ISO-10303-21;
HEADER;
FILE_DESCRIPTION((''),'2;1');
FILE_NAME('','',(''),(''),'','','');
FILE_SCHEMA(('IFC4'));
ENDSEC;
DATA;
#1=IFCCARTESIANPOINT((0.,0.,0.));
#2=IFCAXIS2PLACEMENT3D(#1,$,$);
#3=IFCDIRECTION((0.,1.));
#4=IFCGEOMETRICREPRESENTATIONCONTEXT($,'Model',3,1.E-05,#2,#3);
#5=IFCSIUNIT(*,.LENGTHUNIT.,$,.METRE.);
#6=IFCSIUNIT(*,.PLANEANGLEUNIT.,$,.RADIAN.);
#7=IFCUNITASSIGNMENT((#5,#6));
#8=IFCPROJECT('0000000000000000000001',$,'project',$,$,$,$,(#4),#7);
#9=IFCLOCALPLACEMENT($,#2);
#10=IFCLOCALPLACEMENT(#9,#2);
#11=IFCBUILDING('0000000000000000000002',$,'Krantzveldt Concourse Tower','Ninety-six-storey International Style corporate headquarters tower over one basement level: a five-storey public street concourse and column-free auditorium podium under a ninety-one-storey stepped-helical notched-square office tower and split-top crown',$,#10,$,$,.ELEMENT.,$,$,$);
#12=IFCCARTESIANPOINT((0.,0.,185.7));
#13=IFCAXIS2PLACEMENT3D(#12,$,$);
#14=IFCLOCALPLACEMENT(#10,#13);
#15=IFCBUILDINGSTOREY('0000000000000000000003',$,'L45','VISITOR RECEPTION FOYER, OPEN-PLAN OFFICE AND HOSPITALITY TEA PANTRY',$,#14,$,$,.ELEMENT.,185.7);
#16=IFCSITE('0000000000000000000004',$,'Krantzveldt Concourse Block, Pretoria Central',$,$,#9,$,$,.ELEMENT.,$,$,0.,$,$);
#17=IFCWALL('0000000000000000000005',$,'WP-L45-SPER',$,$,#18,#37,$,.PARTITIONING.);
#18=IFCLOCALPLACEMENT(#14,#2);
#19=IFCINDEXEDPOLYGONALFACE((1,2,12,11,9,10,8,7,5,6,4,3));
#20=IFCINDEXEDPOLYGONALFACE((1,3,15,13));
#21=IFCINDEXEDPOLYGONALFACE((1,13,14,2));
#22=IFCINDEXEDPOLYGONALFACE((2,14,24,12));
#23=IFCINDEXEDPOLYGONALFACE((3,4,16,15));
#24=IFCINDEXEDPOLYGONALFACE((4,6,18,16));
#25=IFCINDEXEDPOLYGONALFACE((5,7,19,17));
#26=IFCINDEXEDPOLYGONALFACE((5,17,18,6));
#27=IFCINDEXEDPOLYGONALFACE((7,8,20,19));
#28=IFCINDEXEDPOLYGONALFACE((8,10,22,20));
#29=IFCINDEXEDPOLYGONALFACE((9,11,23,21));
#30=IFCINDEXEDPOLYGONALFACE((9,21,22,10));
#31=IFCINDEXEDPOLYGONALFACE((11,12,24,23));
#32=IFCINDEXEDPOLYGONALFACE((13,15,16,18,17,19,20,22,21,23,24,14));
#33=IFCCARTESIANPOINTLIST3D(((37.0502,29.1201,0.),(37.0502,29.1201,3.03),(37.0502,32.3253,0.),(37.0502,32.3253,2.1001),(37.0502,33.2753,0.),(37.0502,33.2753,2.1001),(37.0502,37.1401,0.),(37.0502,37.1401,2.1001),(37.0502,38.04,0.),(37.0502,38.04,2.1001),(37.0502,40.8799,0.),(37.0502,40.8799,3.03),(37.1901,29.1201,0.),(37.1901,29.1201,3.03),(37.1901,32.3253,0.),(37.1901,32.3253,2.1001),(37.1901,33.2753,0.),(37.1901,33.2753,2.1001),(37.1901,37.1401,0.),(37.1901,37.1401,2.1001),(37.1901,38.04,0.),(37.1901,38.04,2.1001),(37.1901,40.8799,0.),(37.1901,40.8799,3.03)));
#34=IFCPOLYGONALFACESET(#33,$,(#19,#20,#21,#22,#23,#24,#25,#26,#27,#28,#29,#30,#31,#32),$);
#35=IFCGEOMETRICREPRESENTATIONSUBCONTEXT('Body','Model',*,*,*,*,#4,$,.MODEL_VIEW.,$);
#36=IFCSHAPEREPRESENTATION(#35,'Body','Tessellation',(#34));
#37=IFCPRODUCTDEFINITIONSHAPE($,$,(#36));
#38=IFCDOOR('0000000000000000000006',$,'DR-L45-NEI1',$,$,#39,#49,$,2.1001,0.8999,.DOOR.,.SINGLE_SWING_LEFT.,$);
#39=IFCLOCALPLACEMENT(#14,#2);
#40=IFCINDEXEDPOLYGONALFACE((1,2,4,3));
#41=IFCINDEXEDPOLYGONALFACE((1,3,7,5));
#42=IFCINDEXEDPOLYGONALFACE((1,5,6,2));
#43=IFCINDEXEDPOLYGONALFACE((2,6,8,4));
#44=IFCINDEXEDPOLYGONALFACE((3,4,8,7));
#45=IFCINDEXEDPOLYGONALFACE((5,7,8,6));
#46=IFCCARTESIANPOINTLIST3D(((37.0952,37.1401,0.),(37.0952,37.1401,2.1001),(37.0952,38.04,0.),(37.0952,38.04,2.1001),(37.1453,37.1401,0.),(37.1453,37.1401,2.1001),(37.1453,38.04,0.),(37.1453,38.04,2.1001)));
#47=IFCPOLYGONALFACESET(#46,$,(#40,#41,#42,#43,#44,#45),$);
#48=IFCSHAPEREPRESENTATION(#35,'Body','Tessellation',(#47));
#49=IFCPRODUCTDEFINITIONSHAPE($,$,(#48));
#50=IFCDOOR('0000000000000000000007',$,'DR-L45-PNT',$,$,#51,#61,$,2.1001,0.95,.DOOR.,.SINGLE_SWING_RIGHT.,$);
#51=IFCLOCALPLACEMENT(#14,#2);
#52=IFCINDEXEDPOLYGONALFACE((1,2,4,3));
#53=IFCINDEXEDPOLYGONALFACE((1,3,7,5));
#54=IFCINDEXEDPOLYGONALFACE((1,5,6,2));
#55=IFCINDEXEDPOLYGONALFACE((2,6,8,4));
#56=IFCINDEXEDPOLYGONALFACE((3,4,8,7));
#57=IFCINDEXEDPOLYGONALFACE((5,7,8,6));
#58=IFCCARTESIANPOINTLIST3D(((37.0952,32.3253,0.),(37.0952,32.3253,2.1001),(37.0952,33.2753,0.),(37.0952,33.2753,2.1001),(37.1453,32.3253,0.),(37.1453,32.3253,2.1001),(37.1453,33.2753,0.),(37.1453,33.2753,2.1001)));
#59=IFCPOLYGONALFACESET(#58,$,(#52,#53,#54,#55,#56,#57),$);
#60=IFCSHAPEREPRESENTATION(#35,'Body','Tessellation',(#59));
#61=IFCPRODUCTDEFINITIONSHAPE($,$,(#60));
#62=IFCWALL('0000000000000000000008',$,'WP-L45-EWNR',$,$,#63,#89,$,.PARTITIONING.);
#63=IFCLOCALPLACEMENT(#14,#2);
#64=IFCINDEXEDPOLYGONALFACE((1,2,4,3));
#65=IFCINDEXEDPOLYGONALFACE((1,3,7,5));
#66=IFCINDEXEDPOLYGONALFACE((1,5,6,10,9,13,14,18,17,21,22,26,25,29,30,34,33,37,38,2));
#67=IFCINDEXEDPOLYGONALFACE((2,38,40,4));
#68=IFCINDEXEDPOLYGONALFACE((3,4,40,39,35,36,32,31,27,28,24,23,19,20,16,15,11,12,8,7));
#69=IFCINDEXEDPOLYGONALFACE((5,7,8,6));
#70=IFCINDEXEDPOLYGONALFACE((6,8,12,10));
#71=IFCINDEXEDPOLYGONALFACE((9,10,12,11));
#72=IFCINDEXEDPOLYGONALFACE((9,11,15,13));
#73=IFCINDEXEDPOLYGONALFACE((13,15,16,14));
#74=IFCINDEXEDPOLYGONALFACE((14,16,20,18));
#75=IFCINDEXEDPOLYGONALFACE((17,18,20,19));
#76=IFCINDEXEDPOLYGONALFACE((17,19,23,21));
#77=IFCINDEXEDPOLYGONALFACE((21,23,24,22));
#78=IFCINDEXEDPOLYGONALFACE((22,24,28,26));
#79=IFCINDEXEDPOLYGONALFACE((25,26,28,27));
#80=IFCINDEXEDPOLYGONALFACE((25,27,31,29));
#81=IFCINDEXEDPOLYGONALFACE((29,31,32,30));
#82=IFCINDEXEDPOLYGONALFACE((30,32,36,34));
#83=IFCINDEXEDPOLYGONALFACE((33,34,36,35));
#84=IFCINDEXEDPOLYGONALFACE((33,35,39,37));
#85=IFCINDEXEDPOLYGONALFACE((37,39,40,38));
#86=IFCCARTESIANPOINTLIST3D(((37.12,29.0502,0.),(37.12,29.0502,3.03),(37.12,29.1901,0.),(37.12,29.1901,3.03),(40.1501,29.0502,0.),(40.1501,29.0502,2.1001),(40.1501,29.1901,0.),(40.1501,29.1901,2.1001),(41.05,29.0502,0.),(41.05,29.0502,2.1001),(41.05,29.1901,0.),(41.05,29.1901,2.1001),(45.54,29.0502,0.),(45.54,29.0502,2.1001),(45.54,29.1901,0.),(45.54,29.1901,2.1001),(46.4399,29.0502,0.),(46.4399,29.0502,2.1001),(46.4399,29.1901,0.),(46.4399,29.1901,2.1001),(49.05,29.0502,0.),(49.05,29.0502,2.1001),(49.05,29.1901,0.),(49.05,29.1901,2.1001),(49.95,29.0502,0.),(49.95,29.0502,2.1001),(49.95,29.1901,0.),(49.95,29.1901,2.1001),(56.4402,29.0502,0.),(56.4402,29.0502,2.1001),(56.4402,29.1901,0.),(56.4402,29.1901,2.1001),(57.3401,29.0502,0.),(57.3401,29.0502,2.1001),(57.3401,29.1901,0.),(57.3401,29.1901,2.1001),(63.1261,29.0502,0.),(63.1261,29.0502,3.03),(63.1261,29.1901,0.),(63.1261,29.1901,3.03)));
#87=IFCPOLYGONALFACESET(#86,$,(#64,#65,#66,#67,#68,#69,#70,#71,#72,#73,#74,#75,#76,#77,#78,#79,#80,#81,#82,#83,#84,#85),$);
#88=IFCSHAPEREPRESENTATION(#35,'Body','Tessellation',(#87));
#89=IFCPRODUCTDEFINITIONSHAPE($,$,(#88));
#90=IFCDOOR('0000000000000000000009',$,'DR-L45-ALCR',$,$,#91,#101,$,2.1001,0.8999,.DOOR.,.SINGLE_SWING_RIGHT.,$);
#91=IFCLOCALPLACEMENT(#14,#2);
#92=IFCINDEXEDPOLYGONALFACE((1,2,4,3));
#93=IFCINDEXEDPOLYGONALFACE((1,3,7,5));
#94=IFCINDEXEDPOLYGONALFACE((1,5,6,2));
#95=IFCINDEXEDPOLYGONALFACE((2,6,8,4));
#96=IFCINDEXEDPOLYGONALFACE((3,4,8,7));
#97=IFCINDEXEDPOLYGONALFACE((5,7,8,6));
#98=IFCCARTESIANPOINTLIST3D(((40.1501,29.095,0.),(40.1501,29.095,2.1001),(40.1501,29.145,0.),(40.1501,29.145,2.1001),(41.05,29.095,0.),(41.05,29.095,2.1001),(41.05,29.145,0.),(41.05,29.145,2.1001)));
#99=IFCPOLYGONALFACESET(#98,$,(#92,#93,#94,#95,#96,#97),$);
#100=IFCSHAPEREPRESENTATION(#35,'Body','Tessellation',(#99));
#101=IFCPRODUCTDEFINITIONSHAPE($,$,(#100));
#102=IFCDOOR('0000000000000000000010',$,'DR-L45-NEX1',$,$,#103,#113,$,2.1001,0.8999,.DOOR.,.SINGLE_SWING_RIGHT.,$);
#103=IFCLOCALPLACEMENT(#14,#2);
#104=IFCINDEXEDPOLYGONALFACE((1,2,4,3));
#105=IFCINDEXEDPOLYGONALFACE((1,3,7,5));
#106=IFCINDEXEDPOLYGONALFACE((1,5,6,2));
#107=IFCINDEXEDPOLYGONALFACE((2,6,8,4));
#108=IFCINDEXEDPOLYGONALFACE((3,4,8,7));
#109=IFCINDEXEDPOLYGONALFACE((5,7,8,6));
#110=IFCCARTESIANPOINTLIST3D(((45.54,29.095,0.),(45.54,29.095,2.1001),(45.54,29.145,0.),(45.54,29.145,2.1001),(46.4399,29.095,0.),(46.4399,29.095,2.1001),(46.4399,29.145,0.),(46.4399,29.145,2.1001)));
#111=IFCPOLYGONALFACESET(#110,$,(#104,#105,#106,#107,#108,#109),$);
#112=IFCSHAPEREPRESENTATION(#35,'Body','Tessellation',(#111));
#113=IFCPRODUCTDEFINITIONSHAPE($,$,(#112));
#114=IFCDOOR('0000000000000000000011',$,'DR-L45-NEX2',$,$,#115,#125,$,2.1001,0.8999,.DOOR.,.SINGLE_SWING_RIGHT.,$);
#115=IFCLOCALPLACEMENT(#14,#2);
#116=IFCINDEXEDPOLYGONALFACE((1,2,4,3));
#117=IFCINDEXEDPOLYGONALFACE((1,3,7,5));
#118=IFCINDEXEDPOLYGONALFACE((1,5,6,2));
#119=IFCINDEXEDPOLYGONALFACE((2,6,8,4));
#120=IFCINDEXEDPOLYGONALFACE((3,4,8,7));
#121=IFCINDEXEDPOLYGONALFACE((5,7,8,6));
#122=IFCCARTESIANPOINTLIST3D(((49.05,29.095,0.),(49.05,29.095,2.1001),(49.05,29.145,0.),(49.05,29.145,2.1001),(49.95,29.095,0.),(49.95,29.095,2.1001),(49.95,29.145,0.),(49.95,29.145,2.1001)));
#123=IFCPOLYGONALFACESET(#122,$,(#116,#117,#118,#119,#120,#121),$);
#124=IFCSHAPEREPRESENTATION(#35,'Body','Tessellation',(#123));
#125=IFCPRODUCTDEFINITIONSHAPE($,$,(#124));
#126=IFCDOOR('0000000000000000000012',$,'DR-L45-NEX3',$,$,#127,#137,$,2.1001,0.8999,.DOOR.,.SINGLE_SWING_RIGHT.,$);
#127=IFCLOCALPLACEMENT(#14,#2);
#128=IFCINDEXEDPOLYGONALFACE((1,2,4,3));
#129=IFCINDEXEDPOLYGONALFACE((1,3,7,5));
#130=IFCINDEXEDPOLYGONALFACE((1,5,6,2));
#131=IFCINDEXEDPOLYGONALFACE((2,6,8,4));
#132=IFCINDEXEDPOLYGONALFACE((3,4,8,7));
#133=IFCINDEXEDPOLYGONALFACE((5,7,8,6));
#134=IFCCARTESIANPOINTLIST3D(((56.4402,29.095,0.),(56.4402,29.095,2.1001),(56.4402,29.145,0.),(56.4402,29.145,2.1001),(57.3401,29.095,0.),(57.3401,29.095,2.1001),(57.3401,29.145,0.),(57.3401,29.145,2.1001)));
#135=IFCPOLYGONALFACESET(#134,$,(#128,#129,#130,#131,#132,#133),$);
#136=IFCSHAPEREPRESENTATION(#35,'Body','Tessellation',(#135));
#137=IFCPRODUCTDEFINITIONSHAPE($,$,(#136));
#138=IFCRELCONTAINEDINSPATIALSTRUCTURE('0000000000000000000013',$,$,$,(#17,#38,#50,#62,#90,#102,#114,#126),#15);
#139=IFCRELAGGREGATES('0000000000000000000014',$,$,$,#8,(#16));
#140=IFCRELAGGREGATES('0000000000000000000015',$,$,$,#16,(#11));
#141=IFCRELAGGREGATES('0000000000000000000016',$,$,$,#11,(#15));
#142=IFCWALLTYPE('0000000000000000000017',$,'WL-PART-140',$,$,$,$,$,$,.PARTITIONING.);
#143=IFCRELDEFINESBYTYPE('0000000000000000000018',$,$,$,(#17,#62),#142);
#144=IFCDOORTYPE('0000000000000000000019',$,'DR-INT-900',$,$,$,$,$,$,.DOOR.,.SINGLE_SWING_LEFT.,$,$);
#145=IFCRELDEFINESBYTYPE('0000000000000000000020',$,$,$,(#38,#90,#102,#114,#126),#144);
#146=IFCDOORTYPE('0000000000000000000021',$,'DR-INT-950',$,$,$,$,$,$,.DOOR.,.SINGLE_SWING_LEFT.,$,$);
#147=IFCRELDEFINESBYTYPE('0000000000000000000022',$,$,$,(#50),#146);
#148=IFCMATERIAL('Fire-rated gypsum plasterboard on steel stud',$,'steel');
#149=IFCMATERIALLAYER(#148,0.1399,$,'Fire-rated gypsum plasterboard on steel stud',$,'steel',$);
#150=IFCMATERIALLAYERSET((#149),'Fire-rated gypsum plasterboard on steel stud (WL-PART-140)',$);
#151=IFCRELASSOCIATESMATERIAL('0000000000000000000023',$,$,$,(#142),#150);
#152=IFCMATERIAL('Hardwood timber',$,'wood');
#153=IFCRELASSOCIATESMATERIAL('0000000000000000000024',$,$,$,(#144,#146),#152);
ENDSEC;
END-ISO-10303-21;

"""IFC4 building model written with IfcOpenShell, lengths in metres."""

from ifc_helpers import new_model, si_unit, direction, frame, frame_2d, origin, place, context, subcontext, project, spatial, rectangle, extrude, material, layer, layer_set, type_object, element, fill, save


model = new_model("IFC4")

# Units and contexts
model_context = context("Model", 3, precision=1e-05, world=origin(), true_north=direction((0.0, 1.0)))
body_context = subcontext(model_context, "Body", "Model", "MODEL_VIEW")
ifc_project = project(units=[si_unit("LENGTHUNIT", "METRE"), si_unit("PLANEANGLEUNIT", "RADIAN")], contexts=[model_context])

# Site, building, storey
site_placement = place(None, origin())
site = spatial("IfcSite", under=ifc_project, at=site_placement, Name="Krantzveldt Concourse Block, Pretoria Central", CompositionType="ELEMENT", RefElevation=0.0)
building_placement = place(site_placement, origin())
building = spatial("IfcBuilding", under=site, at=building_placement, Name="Krantzveldt Concourse Tower", Description="Ninety-six-storey International Style corporate headquarters tower over one basement level: a five-storey public street concourse and column-free auditorium podium under a ninety-one-storey stepped-helical notched-square office tower and split-top crown", CompositionType="ELEMENT")
storey_placement = place(building_placement, frame((0.0, 0.0, 185.7)))
storey = spatial("IfcBuildingStorey", under=building, at=storey_placement, Name="L45", Description="VISITOR RECEPTION FOYER, OPEN-PLAN OFFICE AND HOSPITALITY TEA PANTRY", CompositionType="ELEMENT", Elevation=185.7)

# Walls, openings, doors
ifc_material_1 = material(Name="Fire-rated gypsum plasterboard on steel stud", Category="steel")
ifc_layer = layer(ifc_material_1, 0.1399, Name="Fire-rated gypsum plasterboard on steel stud", Category="steel")
ifc_layer_set = layer_set([ifc_layer], Name="Fire-rated gypsum plasterboard on steel stud (WL-PART-140)")
wall_type = type_object("IfcWallType", Name="WL-PART-140", PredefinedType="PARTITIONING", material=ifc_layer_set)
ifc_material_2 = material(Name="Hardwood timber", Category="wood")
door_type_1 = type_object("IfcDoorType", Name="DR-INT-900", OperationType="SINGLE_SWING_LEFT", PredefinedType="DOOR", material=ifc_material_2)
door_type_2 = type_object("IfcDoorType", Name="DR-INT-950", OperationType="SINGLE_SWING_LEFT", PredefinedType="DOOR", material=ifc_material_2)
wall_1_placement = place(storey_placement, frame((37.1201, 29.1201, 0.0), z_axis=(0.0, 0.0, 1.0), x_axis=(0.0, 1.0, 0.0)))
wall_1 = element("IfcWall", 1, at=wall_1_placement, inside=storey, type_object=wall_type, Name="WP-L45-SPER", PredefinedType="PARTITIONING", context=body_context, shape_type="SweptSolid", body=[
    extrude(rectangle(XDim=11.7598, YDim=0.1399, at=frame_2d((5.8799, 0.0))), origin(), (0.0, 0.0, 1.0), 3.03),
])
opening_1_placement = place(wall_1_placement, frame((3.2051, 0.0, 0.0)))
opening_1 = element("IfcOpeningElement", 2, at=opening_1_placement, cuts=wall_1, PredefinedType="OPENING", context=body_context, shape_type="SweptSolid", body=[
    extrude(rectangle(XDim=0.95, YDim=2.1001, at=frame_2d((0.4751, 1.05))), frame((0.0, 0.0801, 0.0), z_axis=(0.0, -1.0, 0.0), x_axis=(1.0, 0.0, 0.0)), (0.0, 0.0, 1.0), 0.1599),
])
opening_2_placement = place(wall_1_placement, frame((8.02, 0.0, 0.0)))
opening_2 = element("IfcOpeningElement", 3, at=opening_2_placement, cuts=wall_1, PredefinedType="OPENING", context=body_context, shape_type="SweptSolid", body=[
    extrude(rectangle(XDim=0.8999, YDim=2.1001, at=frame_2d((0.45, 1.05))), frame((0.0, 0.0801, 0.0), z_axis=(0.0, -1.0, 0.0), x_axis=(1.0, 0.0, 0.0)), (0.0, 0.0, 1.0), 0.1599),
])
door_1_placement = place(opening_2_placement, origin())
door_1 = element("IfcDoor", 4, at=door_1_placement, inside=storey, type_object=door_type_1, Name="DR-L45-NEI1", OperationType="SINGLE_SWING_LEFT", OverallHeight=2.1001, OverallWidth=0.8999, PredefinedType="DOOR", context=body_context, shape_type="SweptSolid", body=[
    extrude(rectangle(XDim=0.8999, YDim=2.1001, at=frame_2d((0.45, 1.05))), frame((0.0, 0.0249, 0.0), z_axis=(0.0, -1.0, 0.0), x_axis=(1.0, 0.0, 0.0)), (0.0, 0.0, 1.0), 0.05),
])
fill(opening_2, door_1)
door_2_placement = place(opening_1_placement, origin())
door_2 = element("IfcDoor", 5, at=door_2_placement, inside=storey, type_object=door_type_2, Name="DR-L45-PNT", OperationType="SINGLE_SWING_RIGHT", OverallHeight=2.1001, OverallWidth=0.95, PredefinedType="DOOR", context=body_context, shape_type="SweptSolid", body=[
    extrude(rectangle(XDim=0.95, YDim=2.1001, at=frame_2d((0.4751, 1.05))), frame((0.0, 0.0249, 0.0), z_axis=(0.0, -1.0, 0.0), x_axis=(1.0, 0.0, 0.0)), (0.0, 0.0, 1.0), 0.05),
])
fill(opening_1, door_2)
wall_2_placement = place(storey_placement, frame((37.1201, 29.1201, 0.0), z_axis=(0.0, 0.0, 1.0), x_axis=(1.0, 0.0, 0.0)))
wall_2 = element("IfcWall", 6, at=wall_2_placement, inside=storey, type_object=wall_type, Name="WP-L45-EWNR", PredefinedType="PARTITIONING", context=body_context, shape_type="SweptSolid", body=[
    extrude(rectangle(XDim=26.0061, YDim=0.1399, at=frame_2d((13.0029, 0.0))), origin(), (0.0, 0.0, 1.0), 3.03),
])
opening_3_placement = place(wall_2_placement, frame((3.03, 0.0, 0.0)))
opening_3 = element("IfcOpeningElement", 7, at=opening_3_placement, cuts=wall_2, PredefinedType="OPENING", context=body_context, shape_type="SweptSolid", body=[
    extrude(rectangle(XDim=0.8999, YDim=2.1001, at=frame_2d((0.45, 1.05))), frame((0.0, 0.0801, 0.0), z_axis=(0.0, -1.0, 0.0), x_axis=(1.0, 0.0, 0.0)), (0.0, 0.0, 1.0), 0.1599),
])
opening_4_placement = place(wall_2_placement, frame((8.4199, 0.0, 0.0)))
opening_4 = element("IfcOpeningElement", 8, at=opening_4_placement, cuts=wall_2, PredefinedType="OPENING", context=body_context, shape_type="SweptSolid", body=[
    extrude(rectangle(XDim=0.8999, YDim=2.1001, at=frame_2d((0.45, 1.05))), frame((0.0, 0.0801, 0.0), z_axis=(0.0, -1.0, 0.0), x_axis=(1.0, 0.0, 0.0)), (0.0, 0.0, 1.0), 0.1599),
])
opening_5_placement = place(wall_2_placement, frame((11.9299, 0.0, 0.0)))
opening_5 = element("IfcOpeningElement", 9, at=opening_5_placement, cuts=wall_2, PredefinedType="OPENING", context=body_context, shape_type="SweptSolid", body=[
    extrude(rectangle(XDim=0.8999, YDim=2.1001, at=frame_2d((0.45, 1.05))), frame((0.0, 0.0801, 0.0), z_axis=(0.0, -1.0, 0.0), x_axis=(1.0, 0.0, 0.0)), (0.0, 0.0, 1.0), 0.1599),
])
opening_6_placement = place(wall_2_placement, frame((19.3201, 0.0, 0.0)))
opening_6 = element("IfcOpeningElement", 10, at=opening_6_placement, cuts=wall_2, PredefinedType="OPENING", context=body_context, shape_type="SweptSolid", body=[
    extrude(rectangle(XDim=0.8999, YDim=2.1001, at=frame_2d((0.45, 1.05))), frame((0.0, 0.0801, 0.0), z_axis=(0.0, -1.0, 0.0), x_axis=(1.0, 0.0, 0.0)), (0.0, 0.0, 1.0), 0.1599),
])
door_3_placement = place(opening_3_placement, origin())
door_3 = element("IfcDoor", 11, at=door_3_placement, inside=storey, type_object=door_type_1, Name="DR-L45-ALCR", OperationType="SINGLE_SWING_RIGHT", OverallHeight=2.1001, OverallWidth=0.8999, PredefinedType="DOOR", context=body_context, shape_type="SweptSolid", body=[
    extrude(rectangle(XDim=0.8999, YDim=2.1001, at=frame_2d((0.45, 1.05))), frame((0.0, 0.0249, 0.0), z_axis=(0.0, -1.0, 0.0), x_axis=(1.0, 0.0, 0.0)), (0.0, 0.0, 1.0), 0.05),
])
fill(opening_3, door_3)
door_4_placement = place(opening_4_placement, origin())
door_4 = element("IfcDoor", 12, at=door_4_placement, inside=storey, type_object=door_type_1, Name="DR-L45-NEX1", OperationType="SINGLE_SWING_RIGHT", OverallHeight=2.1001, OverallWidth=0.8999, PredefinedType="DOOR", context=body_context, shape_type="SweptSolid", body=[
    extrude(rectangle(XDim=0.8999, YDim=2.1001, at=frame_2d((0.45, 1.05))), frame((0.0, 0.0249, 0.0), z_axis=(0.0, -1.0, 0.0), x_axis=(1.0, 0.0, 0.0)), (0.0, 0.0, 1.0), 0.05),
])
fill(opening_4, door_4)
door_5_placement = place(opening_5_placement, origin())
door_5 = element("IfcDoor", 13, at=door_5_placement, inside=storey, type_object=door_type_1, Name="DR-L45-NEX2", OperationType="SINGLE_SWING_RIGHT", OverallHeight=2.1001, OverallWidth=0.8999, PredefinedType="DOOR", context=body_context, shape_type="SweptSolid", body=[
    extrude(rectangle(XDim=0.8999, YDim=2.1001, at=frame_2d((0.45, 1.05))), frame((0.0, 0.0249, 0.0), z_axis=(0.0, -1.0, 0.0), x_axis=(1.0, 0.0, 0.0)), (0.0, 0.0, 1.0), 0.05),
])
fill(opening_5, door_5)
door_6_placement = place(opening_6_placement, origin())
door_6 = element("IfcDoor", 14, at=door_6_placement, inside=storey, type_object=door_type_1, Name="DR-L45-NEX3", OperationType="SINGLE_SWING_RIGHT", OverallHeight=2.1001, OverallWidth=0.8999, PredefinedType="DOOR", context=body_context, shape_type="SweptSolid", body=[
    extrude(rectangle(XDim=0.8999, YDim=2.1001, at=frame_2d((0.45, 1.05))), frame((0.0, 0.0249, 0.0), z_axis=(0.0, -1.0, 0.0), x_axis=(1.0, 0.0, 0.0)), (0.0, 0.0, 1.0), 0.05),
])
fill(opening_6, door_6)

save(model, "model.ifc")
